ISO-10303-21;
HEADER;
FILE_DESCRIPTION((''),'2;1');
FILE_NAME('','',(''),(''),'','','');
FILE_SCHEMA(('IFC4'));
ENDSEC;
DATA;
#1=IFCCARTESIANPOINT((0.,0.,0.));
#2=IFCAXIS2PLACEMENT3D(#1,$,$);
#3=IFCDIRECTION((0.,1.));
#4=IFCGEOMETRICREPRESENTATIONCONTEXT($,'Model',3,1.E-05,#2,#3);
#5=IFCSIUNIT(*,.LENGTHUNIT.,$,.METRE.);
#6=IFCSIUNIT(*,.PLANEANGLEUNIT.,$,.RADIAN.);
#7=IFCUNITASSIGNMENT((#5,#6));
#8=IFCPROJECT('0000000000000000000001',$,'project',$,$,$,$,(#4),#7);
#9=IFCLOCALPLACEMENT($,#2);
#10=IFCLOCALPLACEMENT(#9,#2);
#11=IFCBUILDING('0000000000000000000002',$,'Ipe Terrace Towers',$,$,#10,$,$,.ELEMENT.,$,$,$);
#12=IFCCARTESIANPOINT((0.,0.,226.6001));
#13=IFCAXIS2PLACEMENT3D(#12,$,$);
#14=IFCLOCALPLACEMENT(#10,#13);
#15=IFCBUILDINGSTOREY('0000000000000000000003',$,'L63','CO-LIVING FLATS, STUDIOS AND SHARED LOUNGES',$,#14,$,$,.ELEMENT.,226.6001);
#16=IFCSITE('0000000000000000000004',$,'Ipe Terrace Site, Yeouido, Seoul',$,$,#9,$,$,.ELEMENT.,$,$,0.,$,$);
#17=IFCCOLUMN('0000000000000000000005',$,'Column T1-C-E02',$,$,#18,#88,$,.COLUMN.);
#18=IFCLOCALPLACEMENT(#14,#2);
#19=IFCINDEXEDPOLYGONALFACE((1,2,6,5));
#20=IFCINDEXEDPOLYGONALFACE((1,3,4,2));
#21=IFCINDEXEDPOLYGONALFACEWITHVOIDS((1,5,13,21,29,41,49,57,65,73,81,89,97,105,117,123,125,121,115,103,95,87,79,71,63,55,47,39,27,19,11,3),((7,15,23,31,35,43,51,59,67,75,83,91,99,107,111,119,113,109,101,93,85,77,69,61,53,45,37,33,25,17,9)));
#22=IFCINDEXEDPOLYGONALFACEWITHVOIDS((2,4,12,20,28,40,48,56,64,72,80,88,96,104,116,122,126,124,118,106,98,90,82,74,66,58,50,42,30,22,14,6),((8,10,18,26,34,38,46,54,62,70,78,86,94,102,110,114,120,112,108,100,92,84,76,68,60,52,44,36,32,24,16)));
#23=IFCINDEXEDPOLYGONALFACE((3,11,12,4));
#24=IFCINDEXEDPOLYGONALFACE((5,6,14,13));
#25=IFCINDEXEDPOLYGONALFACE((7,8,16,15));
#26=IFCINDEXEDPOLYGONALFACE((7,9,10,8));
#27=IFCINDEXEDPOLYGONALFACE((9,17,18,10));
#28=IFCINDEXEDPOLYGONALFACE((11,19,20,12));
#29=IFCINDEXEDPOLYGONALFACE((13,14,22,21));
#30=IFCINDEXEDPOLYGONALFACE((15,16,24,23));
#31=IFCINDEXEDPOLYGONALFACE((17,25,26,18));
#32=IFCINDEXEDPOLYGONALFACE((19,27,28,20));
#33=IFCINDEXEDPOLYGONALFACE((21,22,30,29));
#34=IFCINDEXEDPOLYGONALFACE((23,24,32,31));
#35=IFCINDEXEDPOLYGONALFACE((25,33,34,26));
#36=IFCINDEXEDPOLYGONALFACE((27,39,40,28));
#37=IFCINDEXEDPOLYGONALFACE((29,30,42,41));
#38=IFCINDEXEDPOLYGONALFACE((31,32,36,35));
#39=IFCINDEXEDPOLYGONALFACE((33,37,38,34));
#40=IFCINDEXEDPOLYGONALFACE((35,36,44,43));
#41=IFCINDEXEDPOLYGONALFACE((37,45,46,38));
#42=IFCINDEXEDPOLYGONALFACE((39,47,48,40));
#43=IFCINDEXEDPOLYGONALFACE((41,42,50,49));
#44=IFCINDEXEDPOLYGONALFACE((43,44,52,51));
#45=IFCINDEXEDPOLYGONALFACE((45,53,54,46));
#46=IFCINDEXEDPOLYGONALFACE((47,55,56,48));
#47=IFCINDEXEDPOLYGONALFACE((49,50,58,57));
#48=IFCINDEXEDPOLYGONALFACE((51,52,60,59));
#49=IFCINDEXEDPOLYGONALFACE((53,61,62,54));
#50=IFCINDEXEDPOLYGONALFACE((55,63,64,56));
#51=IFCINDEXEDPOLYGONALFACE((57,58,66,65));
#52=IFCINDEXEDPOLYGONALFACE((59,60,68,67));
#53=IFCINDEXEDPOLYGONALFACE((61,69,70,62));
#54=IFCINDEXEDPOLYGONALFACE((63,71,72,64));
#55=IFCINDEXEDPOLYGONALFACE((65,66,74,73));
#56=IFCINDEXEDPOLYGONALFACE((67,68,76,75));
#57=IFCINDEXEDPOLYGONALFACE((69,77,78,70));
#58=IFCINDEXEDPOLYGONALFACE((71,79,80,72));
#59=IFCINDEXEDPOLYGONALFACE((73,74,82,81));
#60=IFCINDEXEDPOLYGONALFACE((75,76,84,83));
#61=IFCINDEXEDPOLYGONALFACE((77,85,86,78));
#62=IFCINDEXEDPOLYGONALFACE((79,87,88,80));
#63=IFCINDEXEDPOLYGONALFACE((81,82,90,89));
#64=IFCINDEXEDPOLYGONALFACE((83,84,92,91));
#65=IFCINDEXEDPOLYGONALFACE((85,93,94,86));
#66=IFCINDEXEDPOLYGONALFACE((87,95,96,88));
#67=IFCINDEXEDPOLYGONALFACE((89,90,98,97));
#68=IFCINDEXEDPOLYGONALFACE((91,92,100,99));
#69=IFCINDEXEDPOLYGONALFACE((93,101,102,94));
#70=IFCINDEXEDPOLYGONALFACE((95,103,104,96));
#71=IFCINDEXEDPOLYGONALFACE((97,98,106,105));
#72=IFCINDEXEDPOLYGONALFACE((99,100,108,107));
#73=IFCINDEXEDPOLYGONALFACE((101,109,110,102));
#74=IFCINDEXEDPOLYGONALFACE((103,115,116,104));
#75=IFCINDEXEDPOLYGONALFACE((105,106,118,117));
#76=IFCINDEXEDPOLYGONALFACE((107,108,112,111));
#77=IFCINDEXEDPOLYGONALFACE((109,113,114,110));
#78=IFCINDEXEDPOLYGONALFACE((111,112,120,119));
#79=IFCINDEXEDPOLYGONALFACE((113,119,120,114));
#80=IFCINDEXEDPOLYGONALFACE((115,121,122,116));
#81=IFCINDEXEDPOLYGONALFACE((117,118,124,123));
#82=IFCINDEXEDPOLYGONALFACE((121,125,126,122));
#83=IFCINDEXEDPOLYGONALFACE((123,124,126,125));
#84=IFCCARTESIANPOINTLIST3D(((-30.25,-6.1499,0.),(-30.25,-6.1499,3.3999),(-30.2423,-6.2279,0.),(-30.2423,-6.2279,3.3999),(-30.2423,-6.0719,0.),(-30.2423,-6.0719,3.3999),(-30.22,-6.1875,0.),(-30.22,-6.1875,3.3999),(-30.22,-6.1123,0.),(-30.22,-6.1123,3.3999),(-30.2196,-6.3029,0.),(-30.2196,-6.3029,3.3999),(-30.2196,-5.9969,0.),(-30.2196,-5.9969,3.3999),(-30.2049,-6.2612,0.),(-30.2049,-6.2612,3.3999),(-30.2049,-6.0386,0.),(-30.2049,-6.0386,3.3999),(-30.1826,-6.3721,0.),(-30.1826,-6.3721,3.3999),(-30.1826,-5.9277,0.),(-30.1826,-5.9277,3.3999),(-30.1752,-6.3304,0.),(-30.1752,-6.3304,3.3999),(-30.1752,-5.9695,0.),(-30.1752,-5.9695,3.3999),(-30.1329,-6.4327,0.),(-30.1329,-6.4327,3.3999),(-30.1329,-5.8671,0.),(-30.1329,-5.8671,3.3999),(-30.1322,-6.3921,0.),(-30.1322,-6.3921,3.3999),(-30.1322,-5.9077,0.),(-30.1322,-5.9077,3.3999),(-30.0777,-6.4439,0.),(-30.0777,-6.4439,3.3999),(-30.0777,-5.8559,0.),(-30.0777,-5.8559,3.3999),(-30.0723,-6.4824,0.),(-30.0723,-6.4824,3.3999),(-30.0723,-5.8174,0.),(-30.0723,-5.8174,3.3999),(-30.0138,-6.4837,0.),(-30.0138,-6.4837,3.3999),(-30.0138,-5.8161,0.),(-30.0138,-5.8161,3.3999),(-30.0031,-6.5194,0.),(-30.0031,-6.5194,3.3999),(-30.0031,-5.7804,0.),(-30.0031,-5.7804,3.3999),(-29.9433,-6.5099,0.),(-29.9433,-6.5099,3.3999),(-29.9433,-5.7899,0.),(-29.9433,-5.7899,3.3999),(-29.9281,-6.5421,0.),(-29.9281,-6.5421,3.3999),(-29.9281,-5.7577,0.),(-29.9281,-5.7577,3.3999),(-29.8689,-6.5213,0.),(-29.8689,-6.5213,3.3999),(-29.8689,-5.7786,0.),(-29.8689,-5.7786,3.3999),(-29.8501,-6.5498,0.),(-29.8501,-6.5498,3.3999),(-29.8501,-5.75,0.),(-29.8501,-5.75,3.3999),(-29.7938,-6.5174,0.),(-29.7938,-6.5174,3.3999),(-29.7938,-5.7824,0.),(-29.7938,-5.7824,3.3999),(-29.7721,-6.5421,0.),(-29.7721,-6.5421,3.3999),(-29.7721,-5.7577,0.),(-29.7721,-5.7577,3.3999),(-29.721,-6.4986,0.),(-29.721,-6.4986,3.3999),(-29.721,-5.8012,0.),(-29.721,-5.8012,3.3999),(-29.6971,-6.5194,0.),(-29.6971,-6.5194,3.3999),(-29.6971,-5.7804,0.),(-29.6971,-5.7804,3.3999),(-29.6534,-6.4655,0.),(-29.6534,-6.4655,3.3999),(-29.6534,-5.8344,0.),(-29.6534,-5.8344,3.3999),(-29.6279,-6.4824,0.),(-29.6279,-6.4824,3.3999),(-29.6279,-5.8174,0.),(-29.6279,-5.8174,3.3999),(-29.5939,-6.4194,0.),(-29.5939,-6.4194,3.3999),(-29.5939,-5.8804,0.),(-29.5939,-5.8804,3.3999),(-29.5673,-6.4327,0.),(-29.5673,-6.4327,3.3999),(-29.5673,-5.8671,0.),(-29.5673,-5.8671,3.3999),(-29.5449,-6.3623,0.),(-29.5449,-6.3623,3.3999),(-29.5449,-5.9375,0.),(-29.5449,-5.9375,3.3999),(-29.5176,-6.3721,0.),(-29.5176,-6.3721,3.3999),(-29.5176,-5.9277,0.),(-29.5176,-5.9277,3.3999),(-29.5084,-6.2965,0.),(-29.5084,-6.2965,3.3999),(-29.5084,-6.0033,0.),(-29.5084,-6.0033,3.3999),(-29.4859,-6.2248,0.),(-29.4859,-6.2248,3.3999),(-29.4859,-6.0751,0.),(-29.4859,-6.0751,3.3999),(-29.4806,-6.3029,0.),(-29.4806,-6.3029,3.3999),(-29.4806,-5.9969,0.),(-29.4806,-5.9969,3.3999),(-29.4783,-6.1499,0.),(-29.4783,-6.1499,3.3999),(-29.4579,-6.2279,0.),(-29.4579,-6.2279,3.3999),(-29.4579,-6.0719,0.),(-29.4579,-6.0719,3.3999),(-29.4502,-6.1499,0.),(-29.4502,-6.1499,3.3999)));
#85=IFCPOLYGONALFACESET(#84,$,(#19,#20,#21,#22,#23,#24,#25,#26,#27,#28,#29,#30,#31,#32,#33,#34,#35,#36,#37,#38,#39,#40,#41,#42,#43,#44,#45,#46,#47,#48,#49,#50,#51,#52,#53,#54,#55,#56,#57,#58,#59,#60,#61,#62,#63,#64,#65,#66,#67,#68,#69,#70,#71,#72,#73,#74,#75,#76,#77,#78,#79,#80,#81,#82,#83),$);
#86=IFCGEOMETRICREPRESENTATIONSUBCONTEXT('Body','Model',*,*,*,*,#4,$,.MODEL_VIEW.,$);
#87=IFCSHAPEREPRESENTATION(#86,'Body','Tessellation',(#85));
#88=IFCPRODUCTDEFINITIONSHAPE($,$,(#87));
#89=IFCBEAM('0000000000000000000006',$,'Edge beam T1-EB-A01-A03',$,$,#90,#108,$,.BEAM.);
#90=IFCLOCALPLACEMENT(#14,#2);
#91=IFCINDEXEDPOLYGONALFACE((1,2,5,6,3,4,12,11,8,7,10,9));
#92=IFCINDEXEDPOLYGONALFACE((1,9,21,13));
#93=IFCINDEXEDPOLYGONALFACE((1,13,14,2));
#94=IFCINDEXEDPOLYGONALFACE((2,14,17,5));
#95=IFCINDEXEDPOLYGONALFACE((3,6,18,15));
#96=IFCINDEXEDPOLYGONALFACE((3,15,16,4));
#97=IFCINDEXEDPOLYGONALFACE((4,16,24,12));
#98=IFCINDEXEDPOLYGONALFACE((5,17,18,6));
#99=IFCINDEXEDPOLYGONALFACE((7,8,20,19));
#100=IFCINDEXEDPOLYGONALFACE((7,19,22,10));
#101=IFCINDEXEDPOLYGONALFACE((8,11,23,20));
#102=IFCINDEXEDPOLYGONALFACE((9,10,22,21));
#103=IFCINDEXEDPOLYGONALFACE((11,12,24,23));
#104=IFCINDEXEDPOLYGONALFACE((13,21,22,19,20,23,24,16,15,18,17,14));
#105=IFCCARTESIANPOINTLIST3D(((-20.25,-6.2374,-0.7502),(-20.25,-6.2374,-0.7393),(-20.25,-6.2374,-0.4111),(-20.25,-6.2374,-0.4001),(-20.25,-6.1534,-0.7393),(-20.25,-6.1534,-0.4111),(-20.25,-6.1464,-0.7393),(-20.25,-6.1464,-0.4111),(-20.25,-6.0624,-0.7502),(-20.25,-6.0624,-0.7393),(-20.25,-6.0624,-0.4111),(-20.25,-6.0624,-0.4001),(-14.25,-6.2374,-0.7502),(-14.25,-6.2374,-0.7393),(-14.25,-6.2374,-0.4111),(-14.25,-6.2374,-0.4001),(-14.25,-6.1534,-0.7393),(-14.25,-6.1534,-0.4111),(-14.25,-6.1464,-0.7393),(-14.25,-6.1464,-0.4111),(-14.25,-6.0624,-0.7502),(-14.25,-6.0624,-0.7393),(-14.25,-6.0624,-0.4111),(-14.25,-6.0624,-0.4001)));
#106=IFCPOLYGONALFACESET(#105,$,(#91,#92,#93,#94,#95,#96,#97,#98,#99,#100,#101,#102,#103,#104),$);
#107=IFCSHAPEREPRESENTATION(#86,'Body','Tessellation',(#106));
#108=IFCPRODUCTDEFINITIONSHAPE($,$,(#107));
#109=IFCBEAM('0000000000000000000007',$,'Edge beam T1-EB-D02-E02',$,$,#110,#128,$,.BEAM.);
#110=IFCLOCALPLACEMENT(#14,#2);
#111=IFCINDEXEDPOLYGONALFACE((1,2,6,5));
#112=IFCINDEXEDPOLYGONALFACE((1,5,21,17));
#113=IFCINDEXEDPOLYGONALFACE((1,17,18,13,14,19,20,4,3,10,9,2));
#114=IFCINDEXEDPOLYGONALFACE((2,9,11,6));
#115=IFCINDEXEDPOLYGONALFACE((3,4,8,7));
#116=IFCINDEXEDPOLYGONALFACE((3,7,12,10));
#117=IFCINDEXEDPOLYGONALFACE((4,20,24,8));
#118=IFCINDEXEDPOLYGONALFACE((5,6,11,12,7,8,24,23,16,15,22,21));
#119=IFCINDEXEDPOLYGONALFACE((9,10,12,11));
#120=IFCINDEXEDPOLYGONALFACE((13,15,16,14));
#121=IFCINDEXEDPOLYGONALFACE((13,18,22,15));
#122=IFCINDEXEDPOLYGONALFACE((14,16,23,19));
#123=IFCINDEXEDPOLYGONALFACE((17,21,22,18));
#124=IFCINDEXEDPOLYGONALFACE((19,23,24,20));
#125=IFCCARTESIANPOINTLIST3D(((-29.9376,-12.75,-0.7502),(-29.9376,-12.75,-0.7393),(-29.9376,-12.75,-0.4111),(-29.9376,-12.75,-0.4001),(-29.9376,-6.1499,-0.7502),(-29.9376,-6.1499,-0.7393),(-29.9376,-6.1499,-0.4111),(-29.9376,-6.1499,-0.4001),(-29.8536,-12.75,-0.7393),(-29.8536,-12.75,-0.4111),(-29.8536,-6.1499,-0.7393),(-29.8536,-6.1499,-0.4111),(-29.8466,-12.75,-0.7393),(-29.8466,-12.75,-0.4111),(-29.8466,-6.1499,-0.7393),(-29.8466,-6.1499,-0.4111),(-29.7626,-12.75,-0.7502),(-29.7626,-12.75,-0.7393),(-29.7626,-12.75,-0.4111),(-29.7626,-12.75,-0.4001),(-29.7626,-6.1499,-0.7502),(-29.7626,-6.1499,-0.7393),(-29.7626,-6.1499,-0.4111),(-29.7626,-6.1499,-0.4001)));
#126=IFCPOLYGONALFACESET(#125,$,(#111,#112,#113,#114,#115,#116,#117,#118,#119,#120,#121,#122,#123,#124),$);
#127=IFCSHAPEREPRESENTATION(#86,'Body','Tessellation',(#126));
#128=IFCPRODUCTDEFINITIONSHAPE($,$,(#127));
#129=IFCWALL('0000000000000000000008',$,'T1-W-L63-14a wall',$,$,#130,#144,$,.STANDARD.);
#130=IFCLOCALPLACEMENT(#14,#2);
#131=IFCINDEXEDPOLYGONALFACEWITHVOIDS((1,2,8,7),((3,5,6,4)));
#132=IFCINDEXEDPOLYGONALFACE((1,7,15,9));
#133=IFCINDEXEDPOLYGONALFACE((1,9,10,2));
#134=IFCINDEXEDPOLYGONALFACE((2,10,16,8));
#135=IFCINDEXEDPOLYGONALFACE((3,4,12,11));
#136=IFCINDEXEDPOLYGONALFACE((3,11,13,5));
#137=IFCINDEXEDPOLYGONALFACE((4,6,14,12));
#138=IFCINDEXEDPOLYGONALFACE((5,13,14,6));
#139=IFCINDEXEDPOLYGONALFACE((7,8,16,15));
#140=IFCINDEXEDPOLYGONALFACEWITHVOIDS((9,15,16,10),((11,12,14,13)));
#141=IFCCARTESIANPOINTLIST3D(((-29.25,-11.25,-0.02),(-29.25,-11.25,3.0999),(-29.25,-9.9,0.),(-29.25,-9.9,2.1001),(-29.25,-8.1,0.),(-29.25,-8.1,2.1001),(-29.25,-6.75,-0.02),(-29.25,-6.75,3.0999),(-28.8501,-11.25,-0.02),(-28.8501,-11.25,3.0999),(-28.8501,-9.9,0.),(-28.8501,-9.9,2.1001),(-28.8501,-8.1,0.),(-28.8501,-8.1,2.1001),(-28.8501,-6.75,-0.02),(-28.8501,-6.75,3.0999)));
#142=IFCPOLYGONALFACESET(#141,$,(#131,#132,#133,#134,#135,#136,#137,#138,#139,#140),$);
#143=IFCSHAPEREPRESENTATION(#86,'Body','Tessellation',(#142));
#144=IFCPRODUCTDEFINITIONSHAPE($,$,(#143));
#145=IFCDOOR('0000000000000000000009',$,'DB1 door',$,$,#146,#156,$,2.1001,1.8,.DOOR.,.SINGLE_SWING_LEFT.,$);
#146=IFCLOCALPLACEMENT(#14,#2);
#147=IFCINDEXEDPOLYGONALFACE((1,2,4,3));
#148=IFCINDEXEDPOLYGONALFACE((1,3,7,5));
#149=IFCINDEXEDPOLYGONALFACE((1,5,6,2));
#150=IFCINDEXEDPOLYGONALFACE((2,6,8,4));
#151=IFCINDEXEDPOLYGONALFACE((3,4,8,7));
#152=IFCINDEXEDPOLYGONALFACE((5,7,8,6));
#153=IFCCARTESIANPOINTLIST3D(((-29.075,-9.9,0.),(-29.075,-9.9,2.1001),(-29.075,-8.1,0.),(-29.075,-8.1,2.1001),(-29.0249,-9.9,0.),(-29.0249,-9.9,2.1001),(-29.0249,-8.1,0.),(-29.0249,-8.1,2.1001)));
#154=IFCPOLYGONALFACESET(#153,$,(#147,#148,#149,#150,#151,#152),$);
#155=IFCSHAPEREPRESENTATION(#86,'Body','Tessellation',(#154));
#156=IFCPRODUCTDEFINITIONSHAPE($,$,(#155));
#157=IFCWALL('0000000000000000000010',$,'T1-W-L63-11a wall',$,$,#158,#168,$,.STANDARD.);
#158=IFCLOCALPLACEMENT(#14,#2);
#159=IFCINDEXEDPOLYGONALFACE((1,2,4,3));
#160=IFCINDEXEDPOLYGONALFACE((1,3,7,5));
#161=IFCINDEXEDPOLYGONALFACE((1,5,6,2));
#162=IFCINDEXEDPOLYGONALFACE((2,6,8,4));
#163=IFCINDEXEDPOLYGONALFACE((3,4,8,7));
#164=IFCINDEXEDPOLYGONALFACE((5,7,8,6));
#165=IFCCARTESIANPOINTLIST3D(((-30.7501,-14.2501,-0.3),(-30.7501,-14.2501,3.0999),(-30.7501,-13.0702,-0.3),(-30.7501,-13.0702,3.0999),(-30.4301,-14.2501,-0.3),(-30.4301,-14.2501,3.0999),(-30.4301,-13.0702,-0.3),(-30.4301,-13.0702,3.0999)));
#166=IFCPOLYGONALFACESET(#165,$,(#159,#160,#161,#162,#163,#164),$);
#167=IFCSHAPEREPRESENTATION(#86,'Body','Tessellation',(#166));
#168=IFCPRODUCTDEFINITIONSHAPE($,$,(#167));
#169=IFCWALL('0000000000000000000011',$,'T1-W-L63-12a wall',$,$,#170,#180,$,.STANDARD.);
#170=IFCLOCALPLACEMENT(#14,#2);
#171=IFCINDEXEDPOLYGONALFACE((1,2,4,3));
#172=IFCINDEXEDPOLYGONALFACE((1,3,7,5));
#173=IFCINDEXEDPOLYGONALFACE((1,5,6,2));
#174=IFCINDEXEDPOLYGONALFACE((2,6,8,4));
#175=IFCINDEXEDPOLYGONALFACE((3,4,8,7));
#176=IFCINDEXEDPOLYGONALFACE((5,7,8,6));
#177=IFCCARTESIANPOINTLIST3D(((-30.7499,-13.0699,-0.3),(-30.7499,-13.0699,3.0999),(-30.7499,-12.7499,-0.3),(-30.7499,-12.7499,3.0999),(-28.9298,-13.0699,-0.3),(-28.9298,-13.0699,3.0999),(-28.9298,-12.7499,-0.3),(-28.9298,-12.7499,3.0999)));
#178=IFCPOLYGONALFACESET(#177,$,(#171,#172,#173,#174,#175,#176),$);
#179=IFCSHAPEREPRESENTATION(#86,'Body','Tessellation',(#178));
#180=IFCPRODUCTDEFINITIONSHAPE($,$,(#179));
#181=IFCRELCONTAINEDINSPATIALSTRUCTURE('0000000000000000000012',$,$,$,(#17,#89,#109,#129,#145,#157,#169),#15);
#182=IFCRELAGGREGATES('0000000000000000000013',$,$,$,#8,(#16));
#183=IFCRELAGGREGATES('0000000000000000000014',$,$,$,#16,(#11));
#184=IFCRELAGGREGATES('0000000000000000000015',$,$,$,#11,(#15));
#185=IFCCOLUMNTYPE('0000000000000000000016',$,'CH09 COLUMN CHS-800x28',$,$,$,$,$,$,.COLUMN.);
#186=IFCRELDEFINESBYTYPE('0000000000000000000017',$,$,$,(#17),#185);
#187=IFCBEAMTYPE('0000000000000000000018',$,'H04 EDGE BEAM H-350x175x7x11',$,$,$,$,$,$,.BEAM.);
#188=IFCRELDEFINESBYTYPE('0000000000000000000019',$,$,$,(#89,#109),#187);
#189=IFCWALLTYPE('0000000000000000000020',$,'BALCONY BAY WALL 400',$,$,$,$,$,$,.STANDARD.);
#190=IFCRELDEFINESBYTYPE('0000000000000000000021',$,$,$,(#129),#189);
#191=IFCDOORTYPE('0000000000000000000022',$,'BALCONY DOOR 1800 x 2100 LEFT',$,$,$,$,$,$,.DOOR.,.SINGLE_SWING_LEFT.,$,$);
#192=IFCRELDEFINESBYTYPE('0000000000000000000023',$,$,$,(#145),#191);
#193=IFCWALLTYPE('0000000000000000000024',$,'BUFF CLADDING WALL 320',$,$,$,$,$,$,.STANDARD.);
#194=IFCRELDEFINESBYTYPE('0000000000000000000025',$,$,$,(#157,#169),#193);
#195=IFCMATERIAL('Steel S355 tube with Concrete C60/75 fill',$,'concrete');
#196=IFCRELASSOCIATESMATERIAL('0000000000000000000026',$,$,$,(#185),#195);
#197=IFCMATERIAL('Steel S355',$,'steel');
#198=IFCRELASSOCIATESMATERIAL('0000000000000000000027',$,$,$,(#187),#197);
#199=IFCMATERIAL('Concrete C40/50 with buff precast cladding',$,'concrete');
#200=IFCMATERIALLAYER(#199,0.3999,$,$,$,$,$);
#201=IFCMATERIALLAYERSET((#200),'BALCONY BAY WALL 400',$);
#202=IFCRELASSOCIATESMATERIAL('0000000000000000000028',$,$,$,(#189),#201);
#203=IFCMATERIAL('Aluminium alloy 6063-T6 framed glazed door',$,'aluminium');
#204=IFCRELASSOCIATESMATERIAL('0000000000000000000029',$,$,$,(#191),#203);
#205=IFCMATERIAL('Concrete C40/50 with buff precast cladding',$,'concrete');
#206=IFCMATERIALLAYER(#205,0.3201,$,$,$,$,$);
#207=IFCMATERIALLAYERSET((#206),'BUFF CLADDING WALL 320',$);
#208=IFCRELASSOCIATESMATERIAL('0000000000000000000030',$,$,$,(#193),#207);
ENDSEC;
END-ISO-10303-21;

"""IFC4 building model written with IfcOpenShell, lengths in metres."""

from ifc_helpers import new_model, si_unit, direction, frame, frame_2d, origin, origin_2d, place, context, subcontext, project, spatial, rectangle, hollow_circle, i_section, extrude, material, layer, layer_set, material_profile, profile_set, type_object, element, fill, save


model = new_model("IFC4")

# Units and contexts
model_context = context("Model", 3, precision=1e-05, world=origin(), true_north=direction((0.0, 1.0)))
body_context = subcontext(model_context, "Body", "Model", "MODEL_VIEW")
ifc_project = project(units=[si_unit("LENGTHUNIT", "METRE"), si_unit("PLANEANGLEUNIT", "RADIAN")], contexts=[model_context])

# Site, building, storey
site_placement = place(None, origin())
site = spatial("IfcSite", under=ifc_project, at=site_placement, Name="Ipe Terrace Site, Yeouido, Seoul", CompositionType="ELEMENT", RefElevation=0.0)
building_placement = place(site_placement, origin())
building = spatial("IfcBuilding", under=site, at=building_placement, Name="Ipe Terrace Towers", CompositionType="ELEMENT")
storey_placement = place(building_placement, frame((0.0, 0.0, 226.6001)))
storey = spatial("IfcBuildingStorey", under=building, at=storey_placement, Name="L63", Description="CO-LIVING FLATS, STUDIOS AND SHARED LOUNGES", CompositionType="ELEMENT", Elevation=226.6001)

# Column
ifc_material_1 = material(Name="Steel S355 tube with Concrete C60/75 fill", Category="concrete")
ifc_material_profile_1 = material_profile(ifc_material_1, hollow_circle(Radius=0.3999, WallThickness=0.0281, at=origin_2d()), Name="CHS-800x28")
ifc_profile_set_1 = profile_set([ifc_material_profile_1], Name="Steel S355 tube with Concrete C60/75 fill")
column_type_1 = type_object("IfcColumnType", Name="CH09 COLUMN CHS-800x28", PredefinedType="COLUMN", material=ifc_profile_set_1)
column_placement = place(storey_placement, frame((-29.8501, -6.1499, 0.0), z_axis=(0.0, 0.0, 1.0), x_axis=(1.0, 0.0, 0.0)))
element("IfcColumn", 1, at=column_placement, inside=storey, type_object=column_type_1, Name="Column T1-C-E02", PredefinedType="COLUMN", context=body_context, shape_type="SweptSolid", body=[
    extrude(hollow_circle(Radius=0.3999, WallThickness=0.0281, at=origin_2d()), origin(), (0.0, 0.0, 1.0), 3.3999),
])

# Beams
ifc_material_2 = material(Name="Steel S355", Category="steel")
ifc_material_profile_2 = material_profile(ifc_material_2, i_section(OverallWidth=0.175, OverallDepth=0.3501, WebThickness=0.0071, FlangeThickness=0.011, at=origin_2d()), Name="H-350x175x7x11")
ifc_profile_set_2 = profile_set([ifc_material_profile_2], Name="Steel S355")
beam_type = type_object("IfcBeamType", Name="H04 EDGE BEAM H-350x175x7x11", PredefinedType="BEAM", material=ifc_profile_set_2)
beam_1_placement = place(storey_placement, frame((-20.25, -6.1499, -0.5752), z_axis=(1.0, 0.0, 0.0), x_axis=(0.0, 1.0, 0.0)))
element("IfcBeam", 2, at=beam_1_placement, inside=storey, type_object=beam_type, Name="Edge beam T1-EB-A01-A03", PredefinedType="BEAM", context=body_context, shape_type="SweptSolid", body=[
    extrude(i_section(OverallWidth=0.175, OverallDepth=0.3501, WebThickness=0.0071, FlangeThickness=0.011, at=origin_2d()), origin(), (0.0, 0.0, 1.0), 6.0),
])
beam_2_placement = place(storey_placement, frame((-29.8501, -12.75, -0.5752), z_axis=(0.0, 1.0, 0.0), x_axis=(-1.0, 0.0, 0.0)))
element("IfcBeam", 3, at=beam_2_placement, inside=storey, type_object=beam_type, Name="Edge beam T1-EB-D02-E02", PredefinedType="BEAM", context=body_context, shape_type="SweptSolid", body=[
    extrude(i_section(OverallWidth=0.175, OverallDepth=0.3501, WebThickness=0.0071, FlangeThickness=0.011, at=origin_2d()), origin(), (0.0, 0.0, 1.0), 6.6001),
])

# Wall, opening, door
ifc_material_3 = material(Name="Concrete C40/50 with buff precast cladding", Category="concrete")
ifc_layer_1 = layer(ifc_material_3, 0.3999)
ifc_layer_set_1 = layer_set([ifc_layer_1], Name="BALCONY BAY WALL 400")
wall_type_1 = type_object("IfcWallType", Name="BALCONY BAY WALL 400", PredefinedType="STANDARD", material=ifc_layer_set_1)
wall_1_placement = place(storey_placement, frame((-29.05, -11.25, -0.02), z_axis=(0.0, 0.0, 1.0), x_axis=(0.0, 1.0, 0.0)))
wall_1 = element("IfcWall", 4, at=wall_1_placement, inside=storey, type_object=wall_type_1, Name="T1-W-L63-14a wall", PredefinedType="STANDARD", context=body_context, shape_type="SweptSolid", body=[
    extrude(rectangle(XDim=4.5, YDim=0.3999, at=frame_2d((2.25, 0.0))), origin(), (0.0, 0.0, 1.0), 3.1199),
])
opening_1_placement = place(wall_1_placement, frame((1.3501, 0.0, 0.02)))
opening_1 = element("IfcOpeningElement", 5, at=opening_1_placement, cuts=wall_1, PredefinedType="OPENING", context=body_context, shape_type="SweptSolid", body=[
    extrude(rectangle(XDim=1.8, YDim=2.1001, at=frame_2d((0.8999, 1.05))), frame((0.0, 0.21, 0.0), z_axis=(0.0, -1.0, 0.0), x_axis=(1.0, 0.0, 0.0)), (0.0, 0.0, 1.0), 0.4199),
])
ifc_material_4 = material(Name="Aluminium alloy 6063-T6 framed glazed door", Category="aluminium")
door_type_1 = type_object("IfcDoorType", Name="BALCONY DOOR 1800 x 2100 LEFT", OperationType="SINGLE_SWING_LEFT", PredefinedType="DOOR", material=ifc_material_4)
door_1_placement = place(opening_1_placement, origin())
door_1 = element("IfcDoor", 6, at=door_1_placement, inside=storey, type_object=door_type_1, Name="DB1 door", OperationType="SINGLE_SWING_LEFT", OverallHeight=2.1001, OverallWidth=1.8, PredefinedType="DOOR", context=body_context, shape_type="SweptSolid", body=[
    extrude(rectangle(XDim=1.8, YDim=2.1001, at=frame_2d((0.8999, 1.05))), frame((0.0, 0.0249, 0.0), z_axis=(0.0, -1.0, 0.0), x_axis=(1.0, 0.0, 0.0)), (0.0, 0.0, 1.0), 0.05),
])
fill(opening_1, door_1)

# Walls
ifc_material_5 = material(Name="Concrete C40/50 with buff precast cladding", Category="concrete")
ifc_layer_2 = layer(ifc_material_5, 0.3201)
ifc_layer_set_2 = layer_set([ifc_layer_2], Name="BUFF CLADDING WALL 320")
wall_type_2 = type_object("IfcWallType", Name="BUFF CLADDING WALL 320", PredefinedType="STANDARD", material=ifc_layer_set_2)
wall_2_placement = place(storey_placement, frame((-30.5901, -14.25, -0.3), z_axis=(0.0, 0.0, 1.0), x_axis=(0.0, 1.0, 0.0)))
element("IfcWall", 7, at=wall_2_placement, inside=storey, type_object=wall_type_2, Name="T1-W-L63-11a wall", PredefinedType="STANDARD", context=body_context, shape_type="SweptSolid", body=[
    extrude(rectangle(XDim=1.1799, YDim=0.3201, at=frame_2d((0.5898, 0.0))), origin(), (0.0, 0.0, 1.0), 3.3999),
])
wall_3_placement = place(storey_placement, frame((-30.75, -12.9099, -0.3), z_axis=(0.0, 0.0, 1.0), x_axis=(1.0, 0.0, 0.0)))
element("IfcWall", 8, at=wall_3_placement, inside=storey, type_object=wall_type_2, Name="T1-W-L63-12a wall", PredefinedType="STANDARD", context=body_context, shape_type="SweptSolid", body=[
    extrude(rectangle(XDim=1.8201, YDim=0.3201, at=frame_2d((0.9102, 0.0))), origin(), (0.0, 0.0, 1.0), 3.3999),
])

save(model, "model.ifc")
